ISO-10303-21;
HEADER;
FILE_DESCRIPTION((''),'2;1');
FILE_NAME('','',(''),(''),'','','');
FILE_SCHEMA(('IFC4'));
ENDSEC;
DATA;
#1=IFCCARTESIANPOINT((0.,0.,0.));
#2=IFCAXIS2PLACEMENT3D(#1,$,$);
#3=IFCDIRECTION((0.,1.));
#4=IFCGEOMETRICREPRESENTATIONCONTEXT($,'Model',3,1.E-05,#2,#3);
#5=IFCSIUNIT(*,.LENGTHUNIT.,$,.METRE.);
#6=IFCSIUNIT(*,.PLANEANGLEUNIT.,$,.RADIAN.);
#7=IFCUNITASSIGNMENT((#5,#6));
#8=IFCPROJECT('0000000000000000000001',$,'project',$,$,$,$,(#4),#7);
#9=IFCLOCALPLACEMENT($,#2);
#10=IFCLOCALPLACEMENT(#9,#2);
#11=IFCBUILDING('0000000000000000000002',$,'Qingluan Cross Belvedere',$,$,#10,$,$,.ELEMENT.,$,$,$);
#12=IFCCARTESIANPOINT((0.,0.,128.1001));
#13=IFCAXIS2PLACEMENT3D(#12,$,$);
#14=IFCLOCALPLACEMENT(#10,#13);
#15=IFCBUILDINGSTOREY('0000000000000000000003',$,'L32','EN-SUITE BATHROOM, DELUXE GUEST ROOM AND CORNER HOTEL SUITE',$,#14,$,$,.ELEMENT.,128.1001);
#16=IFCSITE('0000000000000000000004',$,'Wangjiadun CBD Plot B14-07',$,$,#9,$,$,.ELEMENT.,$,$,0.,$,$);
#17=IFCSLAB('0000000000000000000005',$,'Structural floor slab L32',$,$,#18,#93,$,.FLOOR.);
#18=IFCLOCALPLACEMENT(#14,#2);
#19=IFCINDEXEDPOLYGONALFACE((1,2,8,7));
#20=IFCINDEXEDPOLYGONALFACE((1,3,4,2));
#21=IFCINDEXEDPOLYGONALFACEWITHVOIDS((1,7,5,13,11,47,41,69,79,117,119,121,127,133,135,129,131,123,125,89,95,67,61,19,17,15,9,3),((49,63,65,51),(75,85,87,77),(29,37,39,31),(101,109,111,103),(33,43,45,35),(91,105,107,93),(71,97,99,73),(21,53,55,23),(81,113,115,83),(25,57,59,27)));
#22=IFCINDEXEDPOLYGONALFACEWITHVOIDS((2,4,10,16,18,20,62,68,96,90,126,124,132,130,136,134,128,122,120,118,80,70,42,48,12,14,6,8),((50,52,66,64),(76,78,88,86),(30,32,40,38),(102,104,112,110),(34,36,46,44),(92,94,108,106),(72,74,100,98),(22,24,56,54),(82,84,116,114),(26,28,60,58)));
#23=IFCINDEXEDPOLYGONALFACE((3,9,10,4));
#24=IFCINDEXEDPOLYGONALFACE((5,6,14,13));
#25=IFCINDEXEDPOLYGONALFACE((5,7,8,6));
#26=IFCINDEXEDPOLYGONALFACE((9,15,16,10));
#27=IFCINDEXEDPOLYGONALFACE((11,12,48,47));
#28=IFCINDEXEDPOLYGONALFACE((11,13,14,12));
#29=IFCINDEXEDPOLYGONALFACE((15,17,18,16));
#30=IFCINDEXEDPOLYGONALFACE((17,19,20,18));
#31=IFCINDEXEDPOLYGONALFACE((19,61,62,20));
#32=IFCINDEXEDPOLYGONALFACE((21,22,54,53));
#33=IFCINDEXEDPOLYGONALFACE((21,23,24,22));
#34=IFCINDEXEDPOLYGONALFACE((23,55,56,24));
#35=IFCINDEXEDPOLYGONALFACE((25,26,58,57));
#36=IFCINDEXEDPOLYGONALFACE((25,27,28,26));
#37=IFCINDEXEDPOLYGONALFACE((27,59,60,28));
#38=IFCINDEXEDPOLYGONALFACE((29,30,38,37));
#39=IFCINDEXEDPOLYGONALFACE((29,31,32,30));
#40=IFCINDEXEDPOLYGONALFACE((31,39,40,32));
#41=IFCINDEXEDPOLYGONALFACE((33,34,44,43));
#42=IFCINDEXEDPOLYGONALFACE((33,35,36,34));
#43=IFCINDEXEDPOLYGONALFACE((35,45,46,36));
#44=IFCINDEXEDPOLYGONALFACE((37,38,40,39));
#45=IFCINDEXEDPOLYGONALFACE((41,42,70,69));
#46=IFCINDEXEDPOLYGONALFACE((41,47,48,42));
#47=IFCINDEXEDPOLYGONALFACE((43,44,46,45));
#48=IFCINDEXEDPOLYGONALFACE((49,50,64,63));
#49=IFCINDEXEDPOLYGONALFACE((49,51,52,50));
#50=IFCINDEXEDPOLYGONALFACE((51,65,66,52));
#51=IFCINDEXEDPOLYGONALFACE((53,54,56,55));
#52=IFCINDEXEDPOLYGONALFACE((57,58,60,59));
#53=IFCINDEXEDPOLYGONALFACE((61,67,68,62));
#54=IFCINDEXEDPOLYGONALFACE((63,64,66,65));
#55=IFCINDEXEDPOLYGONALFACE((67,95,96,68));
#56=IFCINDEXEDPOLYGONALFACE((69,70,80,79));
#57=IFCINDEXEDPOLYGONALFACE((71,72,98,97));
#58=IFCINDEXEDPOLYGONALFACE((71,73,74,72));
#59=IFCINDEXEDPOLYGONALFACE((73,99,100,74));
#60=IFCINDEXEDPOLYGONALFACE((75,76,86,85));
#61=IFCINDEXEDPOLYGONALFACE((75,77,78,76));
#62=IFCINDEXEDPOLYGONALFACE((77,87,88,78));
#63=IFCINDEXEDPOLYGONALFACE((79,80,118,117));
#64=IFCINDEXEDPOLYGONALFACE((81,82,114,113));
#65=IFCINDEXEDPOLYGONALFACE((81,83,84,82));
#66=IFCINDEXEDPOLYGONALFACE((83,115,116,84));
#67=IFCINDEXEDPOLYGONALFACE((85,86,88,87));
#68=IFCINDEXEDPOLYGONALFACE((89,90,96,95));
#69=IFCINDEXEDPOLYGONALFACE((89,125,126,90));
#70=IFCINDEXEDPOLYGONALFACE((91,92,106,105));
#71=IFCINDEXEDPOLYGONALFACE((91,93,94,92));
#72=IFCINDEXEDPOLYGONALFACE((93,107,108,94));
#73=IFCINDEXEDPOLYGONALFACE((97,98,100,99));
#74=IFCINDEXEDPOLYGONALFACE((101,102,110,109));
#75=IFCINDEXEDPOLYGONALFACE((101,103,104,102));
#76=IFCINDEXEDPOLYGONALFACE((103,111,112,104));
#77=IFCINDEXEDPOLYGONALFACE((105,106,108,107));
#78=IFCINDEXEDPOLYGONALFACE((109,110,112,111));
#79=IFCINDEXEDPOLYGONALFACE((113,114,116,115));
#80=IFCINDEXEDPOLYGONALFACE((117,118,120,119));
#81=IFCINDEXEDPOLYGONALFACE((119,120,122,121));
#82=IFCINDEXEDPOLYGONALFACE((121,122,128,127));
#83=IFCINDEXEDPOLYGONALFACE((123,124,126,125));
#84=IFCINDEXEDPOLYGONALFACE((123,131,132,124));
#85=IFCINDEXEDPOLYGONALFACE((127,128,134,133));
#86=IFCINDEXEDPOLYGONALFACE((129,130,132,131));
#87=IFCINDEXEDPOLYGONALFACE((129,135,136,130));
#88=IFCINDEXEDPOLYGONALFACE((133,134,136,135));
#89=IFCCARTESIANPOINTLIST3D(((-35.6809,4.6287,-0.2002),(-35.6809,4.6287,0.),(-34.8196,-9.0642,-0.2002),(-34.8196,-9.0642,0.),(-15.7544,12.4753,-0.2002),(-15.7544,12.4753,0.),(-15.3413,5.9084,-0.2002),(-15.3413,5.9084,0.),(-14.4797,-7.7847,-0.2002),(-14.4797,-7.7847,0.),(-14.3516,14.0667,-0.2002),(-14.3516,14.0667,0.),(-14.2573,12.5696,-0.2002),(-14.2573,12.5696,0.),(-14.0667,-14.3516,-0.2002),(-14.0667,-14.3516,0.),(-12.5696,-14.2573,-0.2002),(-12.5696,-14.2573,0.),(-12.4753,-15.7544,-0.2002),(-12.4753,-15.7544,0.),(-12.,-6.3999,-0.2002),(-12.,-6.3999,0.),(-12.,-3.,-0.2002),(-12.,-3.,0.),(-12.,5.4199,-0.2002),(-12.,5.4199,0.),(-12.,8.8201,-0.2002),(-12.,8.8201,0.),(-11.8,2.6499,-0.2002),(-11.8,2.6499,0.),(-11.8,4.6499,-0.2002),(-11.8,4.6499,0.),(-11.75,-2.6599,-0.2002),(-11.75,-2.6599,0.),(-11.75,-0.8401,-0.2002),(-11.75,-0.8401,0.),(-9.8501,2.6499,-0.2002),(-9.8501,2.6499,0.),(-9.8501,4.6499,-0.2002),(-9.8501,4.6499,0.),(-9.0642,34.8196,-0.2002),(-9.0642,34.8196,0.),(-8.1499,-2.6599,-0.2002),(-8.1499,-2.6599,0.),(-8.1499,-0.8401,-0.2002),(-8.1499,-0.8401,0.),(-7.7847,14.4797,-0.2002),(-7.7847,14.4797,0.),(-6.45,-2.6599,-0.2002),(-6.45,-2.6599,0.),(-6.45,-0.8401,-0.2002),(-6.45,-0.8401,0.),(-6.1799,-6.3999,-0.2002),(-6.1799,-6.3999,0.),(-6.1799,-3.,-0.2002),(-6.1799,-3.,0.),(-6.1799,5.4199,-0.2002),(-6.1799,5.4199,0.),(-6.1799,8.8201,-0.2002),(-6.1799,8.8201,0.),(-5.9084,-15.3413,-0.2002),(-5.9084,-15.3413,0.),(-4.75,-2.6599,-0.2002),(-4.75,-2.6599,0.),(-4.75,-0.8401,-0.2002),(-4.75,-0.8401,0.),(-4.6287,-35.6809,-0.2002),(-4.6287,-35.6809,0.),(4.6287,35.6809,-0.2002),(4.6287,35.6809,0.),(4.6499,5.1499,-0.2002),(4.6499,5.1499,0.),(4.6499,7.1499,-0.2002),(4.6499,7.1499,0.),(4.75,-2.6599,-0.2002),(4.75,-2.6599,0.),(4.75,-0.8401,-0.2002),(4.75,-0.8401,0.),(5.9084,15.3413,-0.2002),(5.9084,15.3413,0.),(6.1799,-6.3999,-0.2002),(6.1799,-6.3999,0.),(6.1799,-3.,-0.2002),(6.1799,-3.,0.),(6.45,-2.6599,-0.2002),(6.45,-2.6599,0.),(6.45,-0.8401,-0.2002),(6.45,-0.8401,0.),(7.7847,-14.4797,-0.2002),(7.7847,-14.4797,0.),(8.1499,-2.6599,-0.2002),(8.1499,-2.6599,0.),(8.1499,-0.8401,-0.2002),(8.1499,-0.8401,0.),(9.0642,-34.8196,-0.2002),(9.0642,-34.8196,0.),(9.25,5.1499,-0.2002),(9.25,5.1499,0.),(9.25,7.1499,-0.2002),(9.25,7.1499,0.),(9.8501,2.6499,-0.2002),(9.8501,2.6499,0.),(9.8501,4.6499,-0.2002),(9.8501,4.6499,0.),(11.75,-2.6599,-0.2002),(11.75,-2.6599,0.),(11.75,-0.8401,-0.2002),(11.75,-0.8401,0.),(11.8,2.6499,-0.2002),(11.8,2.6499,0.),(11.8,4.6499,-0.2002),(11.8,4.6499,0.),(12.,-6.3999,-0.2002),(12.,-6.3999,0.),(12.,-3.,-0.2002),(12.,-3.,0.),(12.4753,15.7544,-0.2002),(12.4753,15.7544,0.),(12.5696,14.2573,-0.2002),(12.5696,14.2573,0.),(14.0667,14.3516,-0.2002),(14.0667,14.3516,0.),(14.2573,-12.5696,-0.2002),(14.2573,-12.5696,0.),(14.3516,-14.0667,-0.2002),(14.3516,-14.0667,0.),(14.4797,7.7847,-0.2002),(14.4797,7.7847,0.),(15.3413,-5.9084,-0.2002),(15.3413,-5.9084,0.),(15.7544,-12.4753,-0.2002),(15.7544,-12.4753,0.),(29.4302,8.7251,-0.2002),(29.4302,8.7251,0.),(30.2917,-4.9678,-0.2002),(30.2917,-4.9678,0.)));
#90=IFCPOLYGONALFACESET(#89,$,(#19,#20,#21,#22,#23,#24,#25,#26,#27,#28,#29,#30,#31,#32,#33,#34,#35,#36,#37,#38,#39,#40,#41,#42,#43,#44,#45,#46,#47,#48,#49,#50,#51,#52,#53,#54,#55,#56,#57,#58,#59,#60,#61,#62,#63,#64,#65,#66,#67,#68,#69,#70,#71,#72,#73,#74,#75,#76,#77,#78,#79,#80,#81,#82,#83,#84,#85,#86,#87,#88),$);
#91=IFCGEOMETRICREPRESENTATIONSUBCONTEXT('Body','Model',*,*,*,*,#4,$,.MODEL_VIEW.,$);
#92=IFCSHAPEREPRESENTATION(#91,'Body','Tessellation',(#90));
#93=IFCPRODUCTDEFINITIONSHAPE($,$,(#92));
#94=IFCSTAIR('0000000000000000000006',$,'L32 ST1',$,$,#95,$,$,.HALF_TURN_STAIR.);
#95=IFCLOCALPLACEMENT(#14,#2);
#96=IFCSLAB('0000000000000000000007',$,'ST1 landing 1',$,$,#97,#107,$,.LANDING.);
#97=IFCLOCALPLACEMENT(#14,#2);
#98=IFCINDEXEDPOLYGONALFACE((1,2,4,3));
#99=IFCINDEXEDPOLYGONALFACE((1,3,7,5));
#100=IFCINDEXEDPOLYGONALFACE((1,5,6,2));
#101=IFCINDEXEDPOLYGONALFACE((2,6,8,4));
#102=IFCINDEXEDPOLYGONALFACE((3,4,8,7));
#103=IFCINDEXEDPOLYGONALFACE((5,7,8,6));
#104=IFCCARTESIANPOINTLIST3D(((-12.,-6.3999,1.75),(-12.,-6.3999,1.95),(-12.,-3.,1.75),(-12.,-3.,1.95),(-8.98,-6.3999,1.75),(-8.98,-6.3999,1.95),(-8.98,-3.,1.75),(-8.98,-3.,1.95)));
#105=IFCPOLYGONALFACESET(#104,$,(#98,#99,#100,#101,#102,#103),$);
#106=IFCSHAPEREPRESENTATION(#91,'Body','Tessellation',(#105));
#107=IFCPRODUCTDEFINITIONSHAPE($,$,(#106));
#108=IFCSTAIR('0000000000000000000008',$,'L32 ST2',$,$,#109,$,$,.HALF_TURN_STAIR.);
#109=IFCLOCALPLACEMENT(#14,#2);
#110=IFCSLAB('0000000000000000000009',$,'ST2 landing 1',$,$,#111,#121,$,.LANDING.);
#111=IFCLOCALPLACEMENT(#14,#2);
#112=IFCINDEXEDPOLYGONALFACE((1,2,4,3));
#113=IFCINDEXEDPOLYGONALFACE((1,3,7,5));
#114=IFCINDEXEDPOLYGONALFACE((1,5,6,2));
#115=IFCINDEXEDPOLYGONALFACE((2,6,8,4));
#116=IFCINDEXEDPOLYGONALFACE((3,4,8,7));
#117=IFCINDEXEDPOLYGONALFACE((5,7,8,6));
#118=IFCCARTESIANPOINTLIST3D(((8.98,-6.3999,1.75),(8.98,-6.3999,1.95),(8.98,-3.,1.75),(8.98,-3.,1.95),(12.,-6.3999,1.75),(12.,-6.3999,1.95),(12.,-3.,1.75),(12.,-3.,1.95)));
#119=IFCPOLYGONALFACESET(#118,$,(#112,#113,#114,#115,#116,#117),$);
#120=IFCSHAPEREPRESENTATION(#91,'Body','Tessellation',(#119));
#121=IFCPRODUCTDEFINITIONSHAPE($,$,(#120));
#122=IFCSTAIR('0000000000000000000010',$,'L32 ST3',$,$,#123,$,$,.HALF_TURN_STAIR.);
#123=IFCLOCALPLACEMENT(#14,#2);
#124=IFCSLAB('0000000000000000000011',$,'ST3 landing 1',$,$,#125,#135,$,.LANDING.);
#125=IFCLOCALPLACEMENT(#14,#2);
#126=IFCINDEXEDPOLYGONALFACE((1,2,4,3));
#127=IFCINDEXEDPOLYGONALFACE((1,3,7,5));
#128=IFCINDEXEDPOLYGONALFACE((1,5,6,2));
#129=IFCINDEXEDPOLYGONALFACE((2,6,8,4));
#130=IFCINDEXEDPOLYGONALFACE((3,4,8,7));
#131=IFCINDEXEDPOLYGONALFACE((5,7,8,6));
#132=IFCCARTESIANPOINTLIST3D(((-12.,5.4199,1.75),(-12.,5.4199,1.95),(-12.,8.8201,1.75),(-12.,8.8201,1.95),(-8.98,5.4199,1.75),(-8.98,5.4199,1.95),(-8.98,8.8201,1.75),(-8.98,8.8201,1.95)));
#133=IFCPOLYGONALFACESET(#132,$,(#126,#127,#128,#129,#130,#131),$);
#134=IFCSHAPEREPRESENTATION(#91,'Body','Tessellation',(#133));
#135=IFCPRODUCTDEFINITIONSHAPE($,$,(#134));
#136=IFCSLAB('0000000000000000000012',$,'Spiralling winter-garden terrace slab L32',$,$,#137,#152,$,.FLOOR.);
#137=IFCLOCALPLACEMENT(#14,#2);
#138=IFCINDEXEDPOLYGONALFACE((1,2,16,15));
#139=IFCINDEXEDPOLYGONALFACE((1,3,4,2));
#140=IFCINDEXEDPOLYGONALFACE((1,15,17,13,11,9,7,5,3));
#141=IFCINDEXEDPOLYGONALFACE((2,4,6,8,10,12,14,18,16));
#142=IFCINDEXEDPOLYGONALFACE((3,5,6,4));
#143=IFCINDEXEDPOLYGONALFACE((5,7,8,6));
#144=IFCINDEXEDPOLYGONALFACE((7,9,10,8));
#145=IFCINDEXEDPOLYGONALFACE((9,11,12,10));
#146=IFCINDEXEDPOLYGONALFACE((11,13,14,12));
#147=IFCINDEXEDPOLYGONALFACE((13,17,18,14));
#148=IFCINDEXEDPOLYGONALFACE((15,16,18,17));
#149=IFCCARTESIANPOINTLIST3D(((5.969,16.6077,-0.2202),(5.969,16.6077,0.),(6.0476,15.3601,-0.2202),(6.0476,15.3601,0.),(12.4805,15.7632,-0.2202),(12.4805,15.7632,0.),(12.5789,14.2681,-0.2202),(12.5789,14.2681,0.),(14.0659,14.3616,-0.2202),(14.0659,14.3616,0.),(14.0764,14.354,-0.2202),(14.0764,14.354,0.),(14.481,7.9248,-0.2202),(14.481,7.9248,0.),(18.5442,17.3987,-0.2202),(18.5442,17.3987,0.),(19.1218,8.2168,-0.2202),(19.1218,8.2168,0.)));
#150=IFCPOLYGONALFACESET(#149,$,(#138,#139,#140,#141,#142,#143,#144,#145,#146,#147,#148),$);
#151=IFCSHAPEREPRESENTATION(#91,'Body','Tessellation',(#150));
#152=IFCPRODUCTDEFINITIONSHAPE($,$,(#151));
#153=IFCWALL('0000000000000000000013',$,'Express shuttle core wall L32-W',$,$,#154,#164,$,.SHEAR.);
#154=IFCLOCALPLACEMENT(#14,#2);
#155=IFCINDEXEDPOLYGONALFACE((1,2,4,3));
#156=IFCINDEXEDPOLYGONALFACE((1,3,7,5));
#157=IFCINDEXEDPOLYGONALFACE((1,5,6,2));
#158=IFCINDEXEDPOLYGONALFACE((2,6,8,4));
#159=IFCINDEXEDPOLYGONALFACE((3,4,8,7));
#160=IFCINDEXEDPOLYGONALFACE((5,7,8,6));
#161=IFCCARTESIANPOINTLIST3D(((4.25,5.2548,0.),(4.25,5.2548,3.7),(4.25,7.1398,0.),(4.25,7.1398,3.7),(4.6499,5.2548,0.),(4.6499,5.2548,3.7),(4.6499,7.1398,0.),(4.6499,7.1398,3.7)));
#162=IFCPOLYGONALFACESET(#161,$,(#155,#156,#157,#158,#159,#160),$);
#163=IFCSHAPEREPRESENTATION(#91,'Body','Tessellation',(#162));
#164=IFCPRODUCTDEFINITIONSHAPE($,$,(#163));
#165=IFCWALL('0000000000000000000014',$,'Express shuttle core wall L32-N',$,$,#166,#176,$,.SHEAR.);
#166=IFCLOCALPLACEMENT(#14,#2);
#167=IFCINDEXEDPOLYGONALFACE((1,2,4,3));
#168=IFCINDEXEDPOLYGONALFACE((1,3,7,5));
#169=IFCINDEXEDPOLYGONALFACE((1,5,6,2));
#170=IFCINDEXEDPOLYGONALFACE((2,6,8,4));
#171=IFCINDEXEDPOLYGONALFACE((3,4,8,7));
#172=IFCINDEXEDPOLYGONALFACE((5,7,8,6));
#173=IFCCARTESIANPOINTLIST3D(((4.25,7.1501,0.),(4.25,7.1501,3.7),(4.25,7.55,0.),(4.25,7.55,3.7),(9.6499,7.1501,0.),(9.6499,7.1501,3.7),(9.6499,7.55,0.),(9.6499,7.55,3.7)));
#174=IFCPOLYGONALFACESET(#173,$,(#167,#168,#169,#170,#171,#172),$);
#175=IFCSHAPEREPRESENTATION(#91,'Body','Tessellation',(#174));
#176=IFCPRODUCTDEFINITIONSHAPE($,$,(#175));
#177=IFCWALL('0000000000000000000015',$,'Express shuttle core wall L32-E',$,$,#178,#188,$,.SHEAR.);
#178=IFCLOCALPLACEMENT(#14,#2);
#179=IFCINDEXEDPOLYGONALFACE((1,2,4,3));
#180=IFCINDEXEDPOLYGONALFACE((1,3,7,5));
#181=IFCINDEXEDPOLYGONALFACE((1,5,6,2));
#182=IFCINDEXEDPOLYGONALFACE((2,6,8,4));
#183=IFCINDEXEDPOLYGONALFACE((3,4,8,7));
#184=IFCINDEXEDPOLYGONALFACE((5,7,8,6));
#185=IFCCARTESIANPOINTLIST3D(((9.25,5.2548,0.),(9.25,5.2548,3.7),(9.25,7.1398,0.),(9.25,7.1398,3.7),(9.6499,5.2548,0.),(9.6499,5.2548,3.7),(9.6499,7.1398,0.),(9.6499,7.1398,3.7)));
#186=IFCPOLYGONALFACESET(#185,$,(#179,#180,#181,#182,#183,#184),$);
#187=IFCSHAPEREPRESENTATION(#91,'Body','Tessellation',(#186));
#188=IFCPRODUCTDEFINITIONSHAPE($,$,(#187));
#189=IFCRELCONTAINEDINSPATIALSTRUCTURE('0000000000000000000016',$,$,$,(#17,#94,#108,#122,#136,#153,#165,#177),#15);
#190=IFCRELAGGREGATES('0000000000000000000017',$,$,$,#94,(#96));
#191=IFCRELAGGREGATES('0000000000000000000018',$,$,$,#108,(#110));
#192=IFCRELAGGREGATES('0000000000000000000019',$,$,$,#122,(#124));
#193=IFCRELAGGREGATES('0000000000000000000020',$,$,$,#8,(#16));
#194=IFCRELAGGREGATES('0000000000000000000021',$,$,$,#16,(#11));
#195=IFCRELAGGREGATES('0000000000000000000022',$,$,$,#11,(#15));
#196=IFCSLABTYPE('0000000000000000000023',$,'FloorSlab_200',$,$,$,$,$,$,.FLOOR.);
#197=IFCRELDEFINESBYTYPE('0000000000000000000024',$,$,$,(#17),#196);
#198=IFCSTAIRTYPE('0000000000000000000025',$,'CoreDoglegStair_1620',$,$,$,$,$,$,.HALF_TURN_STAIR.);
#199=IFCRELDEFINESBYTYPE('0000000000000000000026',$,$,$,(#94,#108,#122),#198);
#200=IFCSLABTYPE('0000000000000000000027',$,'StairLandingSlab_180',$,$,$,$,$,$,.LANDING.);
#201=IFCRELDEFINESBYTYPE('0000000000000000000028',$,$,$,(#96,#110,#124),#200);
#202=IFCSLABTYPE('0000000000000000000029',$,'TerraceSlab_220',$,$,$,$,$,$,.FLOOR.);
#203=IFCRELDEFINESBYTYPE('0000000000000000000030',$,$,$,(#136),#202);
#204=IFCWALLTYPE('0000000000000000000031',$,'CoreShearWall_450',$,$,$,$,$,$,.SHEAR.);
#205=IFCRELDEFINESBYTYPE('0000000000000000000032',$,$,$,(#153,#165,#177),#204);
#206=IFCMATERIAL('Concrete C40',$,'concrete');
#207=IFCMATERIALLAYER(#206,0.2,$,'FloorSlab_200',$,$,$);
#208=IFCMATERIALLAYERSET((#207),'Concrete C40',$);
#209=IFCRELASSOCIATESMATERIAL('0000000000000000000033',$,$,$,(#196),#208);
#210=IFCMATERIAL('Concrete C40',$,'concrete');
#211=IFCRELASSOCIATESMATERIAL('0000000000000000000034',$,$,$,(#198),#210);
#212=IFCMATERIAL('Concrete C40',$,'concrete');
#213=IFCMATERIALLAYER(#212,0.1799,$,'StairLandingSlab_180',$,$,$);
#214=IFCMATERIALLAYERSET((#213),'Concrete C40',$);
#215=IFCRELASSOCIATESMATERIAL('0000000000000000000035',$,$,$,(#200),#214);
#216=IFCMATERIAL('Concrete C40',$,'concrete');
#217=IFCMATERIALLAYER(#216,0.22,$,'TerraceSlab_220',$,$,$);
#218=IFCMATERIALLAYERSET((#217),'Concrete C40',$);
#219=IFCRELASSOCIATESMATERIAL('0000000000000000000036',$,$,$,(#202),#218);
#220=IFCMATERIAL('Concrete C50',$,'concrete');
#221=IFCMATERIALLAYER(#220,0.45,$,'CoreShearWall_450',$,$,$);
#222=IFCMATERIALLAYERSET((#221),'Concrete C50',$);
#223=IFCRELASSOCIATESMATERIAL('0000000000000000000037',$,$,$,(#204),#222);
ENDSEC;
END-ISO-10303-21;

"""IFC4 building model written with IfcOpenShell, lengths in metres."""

from ifc_helpers import new_model, si_unit, direction, frame, frame_2d, origin, place, context, subcontext, project, spatial, polyline, rectangle, outline, extrude, material, layer, layer_set, type_object, element, aggregate, save


model = new_model("IFC4")

# Units and contexts
model_context = context("Model", 3, precision=1e-05, world=origin(), true_north=direction((0.0, 1.0)))
body_context = subcontext(model_context, "Body", "Model", "MODEL_VIEW")
ifc_project = project(units=[si_unit("LENGTHUNIT", "METRE"), si_unit("PLANEANGLEUNIT", "RADIAN")], contexts=[model_context])

# Site, building, storey
site_placement = place(None, origin())
site = spatial("IfcSite", under=ifc_project, at=site_placement, Name="Wangjiadun CBD Plot B14-07", CompositionType="ELEMENT", RefElevation=0.0)
building_placement = place(site_placement, origin())
building = spatial("IfcBuilding", under=site, at=building_placement, Name="Qingluan Cross Belvedere", CompositionType="ELEMENT")
storey_placement = place(building_placement, frame((0.0, 0.0, 128.1001)))
storey = spatial("IfcBuildingStorey", under=building, at=storey_placement, Name="L32", Description="EN-SUITE BATHROOM, DELUXE GUEST ROOM AND CORNER HOTEL SUITE", CompositionType="ELEMENT", Elevation=128.1001)

# Slab
ifc_material_1 = material(Name="Concrete C40", Category="concrete")
ifc_layer_1 = layer(ifc_material_1, 0.2, Name="FloorSlab_200")
ifc_layer_set_1 = layer_set([ifc_layer_1], Name="Concrete C40")
slab_type_1 = type_object("IfcSlabType", Name="FloorSlab_200", PredefinedType="FLOOR", material=ifc_layer_set_1)
slab_1_placement = place(storey_placement, frame((0.0, 0.0, -0.2002)))
element("IfcSlab", 1, at=slab_1_placement, inside=storey, type_object=slab_type_1, Name="Structural floor slab L32", PredefinedType="FLOOR", context=body_context, shape_type="SweptSolid", body=[
    extrude(outline(polyline([(9.0642, -34.8196), (7.7847, -14.4797), (14.3516, -14.0667), (14.2573, -12.5696), (15.7544, -12.4753), (15.3413, -5.9084), (30.2917, -4.9678), (29.4302, 8.7251), (14.4797, 7.7847), (14.0667, 14.3516), (12.5696, 14.2573), (12.4753, 15.7544), (5.9084, 15.3413), (4.6287, 35.6809), (-9.0642, 34.8196), (-7.7847, 14.4797), (-14.3516, 14.0667), (-14.2573, 12.5696), (-15.7544, 12.4753), (-15.3413, 5.9084), (-35.6809, 4.6287), (-34.8196, -9.0642), (-14.4797, -7.7847), (-14.0667, -14.3516), (-12.5696, -14.2573), (-12.4753, -15.7544), (-5.9084, -15.3413), (-4.6287, -35.6809), (9.0642, -34.8196)]), holes=[polyline([(-12.0, -3.0), (-6.1799, -3.0), (-6.1799, -6.3999), (-12.0, -6.3999), (-12.0, -3.0)]), polyline([(6.1799, -3.0), (12.0, -3.0), (12.0, -6.3999), (6.1799, -6.3999), (6.1799, -3.0)]), polyline([(-12.0, 8.8201), (-6.1799, 8.8201), (-6.1799, 5.4199), (-12.0, 5.4199), (-12.0, 8.8201)]), polyline([(-11.8, 4.6499), (-9.8501, 4.6499), (-9.8501, 2.6499), (-11.8, 2.6499), (-11.8, 4.6499)]), polyline([(9.8501, 4.6499), (11.8, 4.6499), (11.8, 2.6499), (9.8501, 2.6499), (9.8501, 4.6499)]), polyline([(-11.75, -0.8401), (-8.1499, -0.8401), (-8.1499, -2.6599), (-11.75, -2.6599), (-11.75, -0.8401)]), polyline([(-6.45, -0.8401), (-4.75, -0.8401), (-4.75, -2.6599), (-6.45, -2.6599), (-6.45, -0.8401)]), polyline([(4.75, -0.8401), (6.45, -0.8401), (6.45, -2.6599), (4.75, -2.6599), (4.75, -0.8401)]), polyline([(8.1499, -0.8401), (11.75, -0.8401), (11.75, -2.6599), (8.1499, -2.6599), (8.1499, -0.8401)]), polyline([(4.6499, 7.1499), (9.25, 7.1499), (9.25, 5.1499), (4.6499, 5.1499), (4.6499, 7.1499)])]), origin(), (0.0, 0.0, 1.0), 0.2002),
])

# Stairs, slabs
ifc_material_2 = material(Name="Concrete C40", Category="concrete")
stair_type = type_object("IfcStairType", Name="CoreDoglegStair_1620", PredefinedType="HALF_TURN_STAIR", material=ifc_material_2)
stair_1_placement = place(storey_placement, origin())
stair_1 = element("IfcStair", 2, at=stair_1_placement, inside=storey, type_object=stair_type, Name="L32 ST1", PredefinedType="HALF_TURN_STAIR")
ifc_material_3 = material(Name="Concrete C40", Category="concrete")
ifc_layer_2 = layer(ifc_material_3, 0.1799, Name="StairLandingSlab_180")
ifc_layer_set_2 = layer_set([ifc_layer_2], Name="Concrete C40")
slab_type_2 = type_object("IfcSlabType", Name="StairLandingSlab_180", PredefinedType="LANDING", material=ifc_layer_set_2)
slab_2_placement = place(storey_placement, frame((0.0, 0.0, 1.75)))
slab_2 = element("IfcSlab", 3, at=slab_2_placement, type_object=slab_type_2, Name="ST1 landing 1", PredefinedType="LANDING", context=body_context, shape_type="SweptSolid", body=[
    extrude(outline(polyline([(-8.98, -3.0), (-12.0, -3.0), (-12.0, -6.3999), (-8.98, -6.3999), (-8.98, -3.0)])), origin(), (0.0, 0.0, 1.0), 0.2),
])
aggregate(stair_1, [slab_2])
stair_2_placement = place(storey_placement, origin())
stair_2 = element("IfcStair", 4, at=stair_2_placement, inside=storey, type_object=stair_type, Name="L32 ST2", PredefinedType="HALF_TURN_STAIR")
slab_3_placement = place(storey_placement, frame((0.0, 0.0, 1.75)))
slab_3 = element("IfcSlab", 5, at=slab_3_placement, type_object=slab_type_2, Name="ST2 landing 1", PredefinedType="LANDING", context=body_context, shape_type="SweptSolid", body=[
    extrude(outline(polyline([(8.98, -6.3999), (12.0, -6.3999), (12.0, -3.0), (8.98, -3.0), (8.98, -6.3999)])), origin(), (0.0, 0.0, 1.0), 0.2),
])
aggregate(stair_2, [slab_3])
stair_3_placement = place(storey_placement, origin())
stair_3 = element("IfcStair", 6, at=stair_3_placement, inside=storey, type_object=stair_type, Name="L32 ST3", PredefinedType="HALF_TURN_STAIR")
slab_4_placement = place(storey_placement, frame((0.0, 0.0, 1.75)))
slab_4 = element("IfcSlab", 7, at=slab_4_placement, type_object=slab_type_2, Name="ST3 landing 1", PredefinedType="LANDING", context=body_context, shape_type="SweptSolid", body=[
    extrude(outline(polyline([(-8.98, 8.8201), (-12.0, 8.8201), (-12.0, 5.4199), (-8.98, 5.4199), (-8.98, 8.8201)])), origin(), (0.0, 0.0, 1.0), 0.2),
])
aggregate(stair_3, [slab_4])

# Slab
ifc_material_4 = material(Name="Concrete C40", Category="concrete")
ifc_layer_3 = layer(ifc_material_4, 0.22, Name="TerraceSlab_220")
ifc_layer_set_3 = layer_set([ifc_layer_3], Name="Concrete C40")
slab_type_3 = type_object("IfcSlabType", Name="TerraceSlab_220", PredefinedType="FLOOR", material=ifc_layer_set_3)
slab_5_placement = place(storey_placement, frame((0.0, 0.0, -0.2202)))
element("IfcSlab", 8, at=slab_5_placement, inside=storey, type_object=slab_type_3, Name="Spiralling winter-garden terrace slab L32", PredefinedType="FLOOR", context=body_context, shape_type="SweptSolid", body=[
    extrude(outline(polyline([(6.0476, 15.3601), (12.4805, 15.7632), (12.5789, 14.2681), (14.0659, 14.3616), (14.0764, 14.354), (14.481, 7.9248), (19.1218, 8.2168), (18.5442, 17.3987), (5.969, 16.6077), (6.0476, 15.3601)])), origin(), (0.0, 0.0, 1.0), 0.2202),
])

# Walls
ifc_material_5 = material(Name="Concrete C50", Category="concrete")
ifc_layer_4 = layer(ifc_material_5, 0.45, Name="CoreShearWall_450")
ifc_layer_set_4 = layer_set([ifc_layer_4], Name="Concrete C50")
wall_type_1 = type_object("IfcWallType", Name="CoreShearWall_450", PredefinedType="SHEAR", material=ifc_layer_set_4)
wall_1_placement = place(storey_placement, frame((4.45, 5.2549, 0.0), z_axis=(0.0, 0.0, 1.0), x_axis=(0.0, 1.0, 0.0)))
element("IfcWall", 9, at=wall_1_placement, inside=storey, type_object=wall_type_1, Name="Express shuttle core wall L32-W", PredefinedType="SHEAR", context=body_context, shape_type="SweptSolid", body=[
    extrude(rectangle(XDim=1.885, YDim=0.3999, at=frame_2d((0.9424, 0.0))), origin(), (0.0, 0.0, 1.0), 3.7),
])
wall_2_placement = place(storey_placement, frame((4.25, 7.3501, 0.0), z_axis=(0.0, 0.0, 1.0), x_axis=(1.0, 0.0, 0.0)))
element("IfcWall", 10, at=wall_2_placement, inside=storey, type_object=wall_type_1, Name="Express shuttle core wall L32-N", PredefinedType="SHEAR", context=body_context, shape_type="SweptSolid", body=[
    extrude(rectangle(XDim=5.3999, YDim=0.3999, at=frame_2d((2.7, 0.0))), origin(), (0.0, 0.0, 1.0), 3.7),
])
wall_3_placement = place(storey_placement, frame((9.45, 5.2549, 0.0), z_axis=(0.0, 0.0, 1.0), x_axis=(0.0, 1.0, 0.0)))
element("IfcWall", 11, at=wall_3_placement, inside=storey, type_object=wall_type_1, Name="Express shuttle core wall L32-E", PredefinedType="SHEAR", context=body_context, shape_type="SweptSolid", body=[
    extrude(rectangle(XDim=1.885, YDim=0.3999, at=frame_2d((0.9424, 0.0))), origin(), (0.0, 0.0, 1.0), 3.7),
])

save(model, "model.ifc")
